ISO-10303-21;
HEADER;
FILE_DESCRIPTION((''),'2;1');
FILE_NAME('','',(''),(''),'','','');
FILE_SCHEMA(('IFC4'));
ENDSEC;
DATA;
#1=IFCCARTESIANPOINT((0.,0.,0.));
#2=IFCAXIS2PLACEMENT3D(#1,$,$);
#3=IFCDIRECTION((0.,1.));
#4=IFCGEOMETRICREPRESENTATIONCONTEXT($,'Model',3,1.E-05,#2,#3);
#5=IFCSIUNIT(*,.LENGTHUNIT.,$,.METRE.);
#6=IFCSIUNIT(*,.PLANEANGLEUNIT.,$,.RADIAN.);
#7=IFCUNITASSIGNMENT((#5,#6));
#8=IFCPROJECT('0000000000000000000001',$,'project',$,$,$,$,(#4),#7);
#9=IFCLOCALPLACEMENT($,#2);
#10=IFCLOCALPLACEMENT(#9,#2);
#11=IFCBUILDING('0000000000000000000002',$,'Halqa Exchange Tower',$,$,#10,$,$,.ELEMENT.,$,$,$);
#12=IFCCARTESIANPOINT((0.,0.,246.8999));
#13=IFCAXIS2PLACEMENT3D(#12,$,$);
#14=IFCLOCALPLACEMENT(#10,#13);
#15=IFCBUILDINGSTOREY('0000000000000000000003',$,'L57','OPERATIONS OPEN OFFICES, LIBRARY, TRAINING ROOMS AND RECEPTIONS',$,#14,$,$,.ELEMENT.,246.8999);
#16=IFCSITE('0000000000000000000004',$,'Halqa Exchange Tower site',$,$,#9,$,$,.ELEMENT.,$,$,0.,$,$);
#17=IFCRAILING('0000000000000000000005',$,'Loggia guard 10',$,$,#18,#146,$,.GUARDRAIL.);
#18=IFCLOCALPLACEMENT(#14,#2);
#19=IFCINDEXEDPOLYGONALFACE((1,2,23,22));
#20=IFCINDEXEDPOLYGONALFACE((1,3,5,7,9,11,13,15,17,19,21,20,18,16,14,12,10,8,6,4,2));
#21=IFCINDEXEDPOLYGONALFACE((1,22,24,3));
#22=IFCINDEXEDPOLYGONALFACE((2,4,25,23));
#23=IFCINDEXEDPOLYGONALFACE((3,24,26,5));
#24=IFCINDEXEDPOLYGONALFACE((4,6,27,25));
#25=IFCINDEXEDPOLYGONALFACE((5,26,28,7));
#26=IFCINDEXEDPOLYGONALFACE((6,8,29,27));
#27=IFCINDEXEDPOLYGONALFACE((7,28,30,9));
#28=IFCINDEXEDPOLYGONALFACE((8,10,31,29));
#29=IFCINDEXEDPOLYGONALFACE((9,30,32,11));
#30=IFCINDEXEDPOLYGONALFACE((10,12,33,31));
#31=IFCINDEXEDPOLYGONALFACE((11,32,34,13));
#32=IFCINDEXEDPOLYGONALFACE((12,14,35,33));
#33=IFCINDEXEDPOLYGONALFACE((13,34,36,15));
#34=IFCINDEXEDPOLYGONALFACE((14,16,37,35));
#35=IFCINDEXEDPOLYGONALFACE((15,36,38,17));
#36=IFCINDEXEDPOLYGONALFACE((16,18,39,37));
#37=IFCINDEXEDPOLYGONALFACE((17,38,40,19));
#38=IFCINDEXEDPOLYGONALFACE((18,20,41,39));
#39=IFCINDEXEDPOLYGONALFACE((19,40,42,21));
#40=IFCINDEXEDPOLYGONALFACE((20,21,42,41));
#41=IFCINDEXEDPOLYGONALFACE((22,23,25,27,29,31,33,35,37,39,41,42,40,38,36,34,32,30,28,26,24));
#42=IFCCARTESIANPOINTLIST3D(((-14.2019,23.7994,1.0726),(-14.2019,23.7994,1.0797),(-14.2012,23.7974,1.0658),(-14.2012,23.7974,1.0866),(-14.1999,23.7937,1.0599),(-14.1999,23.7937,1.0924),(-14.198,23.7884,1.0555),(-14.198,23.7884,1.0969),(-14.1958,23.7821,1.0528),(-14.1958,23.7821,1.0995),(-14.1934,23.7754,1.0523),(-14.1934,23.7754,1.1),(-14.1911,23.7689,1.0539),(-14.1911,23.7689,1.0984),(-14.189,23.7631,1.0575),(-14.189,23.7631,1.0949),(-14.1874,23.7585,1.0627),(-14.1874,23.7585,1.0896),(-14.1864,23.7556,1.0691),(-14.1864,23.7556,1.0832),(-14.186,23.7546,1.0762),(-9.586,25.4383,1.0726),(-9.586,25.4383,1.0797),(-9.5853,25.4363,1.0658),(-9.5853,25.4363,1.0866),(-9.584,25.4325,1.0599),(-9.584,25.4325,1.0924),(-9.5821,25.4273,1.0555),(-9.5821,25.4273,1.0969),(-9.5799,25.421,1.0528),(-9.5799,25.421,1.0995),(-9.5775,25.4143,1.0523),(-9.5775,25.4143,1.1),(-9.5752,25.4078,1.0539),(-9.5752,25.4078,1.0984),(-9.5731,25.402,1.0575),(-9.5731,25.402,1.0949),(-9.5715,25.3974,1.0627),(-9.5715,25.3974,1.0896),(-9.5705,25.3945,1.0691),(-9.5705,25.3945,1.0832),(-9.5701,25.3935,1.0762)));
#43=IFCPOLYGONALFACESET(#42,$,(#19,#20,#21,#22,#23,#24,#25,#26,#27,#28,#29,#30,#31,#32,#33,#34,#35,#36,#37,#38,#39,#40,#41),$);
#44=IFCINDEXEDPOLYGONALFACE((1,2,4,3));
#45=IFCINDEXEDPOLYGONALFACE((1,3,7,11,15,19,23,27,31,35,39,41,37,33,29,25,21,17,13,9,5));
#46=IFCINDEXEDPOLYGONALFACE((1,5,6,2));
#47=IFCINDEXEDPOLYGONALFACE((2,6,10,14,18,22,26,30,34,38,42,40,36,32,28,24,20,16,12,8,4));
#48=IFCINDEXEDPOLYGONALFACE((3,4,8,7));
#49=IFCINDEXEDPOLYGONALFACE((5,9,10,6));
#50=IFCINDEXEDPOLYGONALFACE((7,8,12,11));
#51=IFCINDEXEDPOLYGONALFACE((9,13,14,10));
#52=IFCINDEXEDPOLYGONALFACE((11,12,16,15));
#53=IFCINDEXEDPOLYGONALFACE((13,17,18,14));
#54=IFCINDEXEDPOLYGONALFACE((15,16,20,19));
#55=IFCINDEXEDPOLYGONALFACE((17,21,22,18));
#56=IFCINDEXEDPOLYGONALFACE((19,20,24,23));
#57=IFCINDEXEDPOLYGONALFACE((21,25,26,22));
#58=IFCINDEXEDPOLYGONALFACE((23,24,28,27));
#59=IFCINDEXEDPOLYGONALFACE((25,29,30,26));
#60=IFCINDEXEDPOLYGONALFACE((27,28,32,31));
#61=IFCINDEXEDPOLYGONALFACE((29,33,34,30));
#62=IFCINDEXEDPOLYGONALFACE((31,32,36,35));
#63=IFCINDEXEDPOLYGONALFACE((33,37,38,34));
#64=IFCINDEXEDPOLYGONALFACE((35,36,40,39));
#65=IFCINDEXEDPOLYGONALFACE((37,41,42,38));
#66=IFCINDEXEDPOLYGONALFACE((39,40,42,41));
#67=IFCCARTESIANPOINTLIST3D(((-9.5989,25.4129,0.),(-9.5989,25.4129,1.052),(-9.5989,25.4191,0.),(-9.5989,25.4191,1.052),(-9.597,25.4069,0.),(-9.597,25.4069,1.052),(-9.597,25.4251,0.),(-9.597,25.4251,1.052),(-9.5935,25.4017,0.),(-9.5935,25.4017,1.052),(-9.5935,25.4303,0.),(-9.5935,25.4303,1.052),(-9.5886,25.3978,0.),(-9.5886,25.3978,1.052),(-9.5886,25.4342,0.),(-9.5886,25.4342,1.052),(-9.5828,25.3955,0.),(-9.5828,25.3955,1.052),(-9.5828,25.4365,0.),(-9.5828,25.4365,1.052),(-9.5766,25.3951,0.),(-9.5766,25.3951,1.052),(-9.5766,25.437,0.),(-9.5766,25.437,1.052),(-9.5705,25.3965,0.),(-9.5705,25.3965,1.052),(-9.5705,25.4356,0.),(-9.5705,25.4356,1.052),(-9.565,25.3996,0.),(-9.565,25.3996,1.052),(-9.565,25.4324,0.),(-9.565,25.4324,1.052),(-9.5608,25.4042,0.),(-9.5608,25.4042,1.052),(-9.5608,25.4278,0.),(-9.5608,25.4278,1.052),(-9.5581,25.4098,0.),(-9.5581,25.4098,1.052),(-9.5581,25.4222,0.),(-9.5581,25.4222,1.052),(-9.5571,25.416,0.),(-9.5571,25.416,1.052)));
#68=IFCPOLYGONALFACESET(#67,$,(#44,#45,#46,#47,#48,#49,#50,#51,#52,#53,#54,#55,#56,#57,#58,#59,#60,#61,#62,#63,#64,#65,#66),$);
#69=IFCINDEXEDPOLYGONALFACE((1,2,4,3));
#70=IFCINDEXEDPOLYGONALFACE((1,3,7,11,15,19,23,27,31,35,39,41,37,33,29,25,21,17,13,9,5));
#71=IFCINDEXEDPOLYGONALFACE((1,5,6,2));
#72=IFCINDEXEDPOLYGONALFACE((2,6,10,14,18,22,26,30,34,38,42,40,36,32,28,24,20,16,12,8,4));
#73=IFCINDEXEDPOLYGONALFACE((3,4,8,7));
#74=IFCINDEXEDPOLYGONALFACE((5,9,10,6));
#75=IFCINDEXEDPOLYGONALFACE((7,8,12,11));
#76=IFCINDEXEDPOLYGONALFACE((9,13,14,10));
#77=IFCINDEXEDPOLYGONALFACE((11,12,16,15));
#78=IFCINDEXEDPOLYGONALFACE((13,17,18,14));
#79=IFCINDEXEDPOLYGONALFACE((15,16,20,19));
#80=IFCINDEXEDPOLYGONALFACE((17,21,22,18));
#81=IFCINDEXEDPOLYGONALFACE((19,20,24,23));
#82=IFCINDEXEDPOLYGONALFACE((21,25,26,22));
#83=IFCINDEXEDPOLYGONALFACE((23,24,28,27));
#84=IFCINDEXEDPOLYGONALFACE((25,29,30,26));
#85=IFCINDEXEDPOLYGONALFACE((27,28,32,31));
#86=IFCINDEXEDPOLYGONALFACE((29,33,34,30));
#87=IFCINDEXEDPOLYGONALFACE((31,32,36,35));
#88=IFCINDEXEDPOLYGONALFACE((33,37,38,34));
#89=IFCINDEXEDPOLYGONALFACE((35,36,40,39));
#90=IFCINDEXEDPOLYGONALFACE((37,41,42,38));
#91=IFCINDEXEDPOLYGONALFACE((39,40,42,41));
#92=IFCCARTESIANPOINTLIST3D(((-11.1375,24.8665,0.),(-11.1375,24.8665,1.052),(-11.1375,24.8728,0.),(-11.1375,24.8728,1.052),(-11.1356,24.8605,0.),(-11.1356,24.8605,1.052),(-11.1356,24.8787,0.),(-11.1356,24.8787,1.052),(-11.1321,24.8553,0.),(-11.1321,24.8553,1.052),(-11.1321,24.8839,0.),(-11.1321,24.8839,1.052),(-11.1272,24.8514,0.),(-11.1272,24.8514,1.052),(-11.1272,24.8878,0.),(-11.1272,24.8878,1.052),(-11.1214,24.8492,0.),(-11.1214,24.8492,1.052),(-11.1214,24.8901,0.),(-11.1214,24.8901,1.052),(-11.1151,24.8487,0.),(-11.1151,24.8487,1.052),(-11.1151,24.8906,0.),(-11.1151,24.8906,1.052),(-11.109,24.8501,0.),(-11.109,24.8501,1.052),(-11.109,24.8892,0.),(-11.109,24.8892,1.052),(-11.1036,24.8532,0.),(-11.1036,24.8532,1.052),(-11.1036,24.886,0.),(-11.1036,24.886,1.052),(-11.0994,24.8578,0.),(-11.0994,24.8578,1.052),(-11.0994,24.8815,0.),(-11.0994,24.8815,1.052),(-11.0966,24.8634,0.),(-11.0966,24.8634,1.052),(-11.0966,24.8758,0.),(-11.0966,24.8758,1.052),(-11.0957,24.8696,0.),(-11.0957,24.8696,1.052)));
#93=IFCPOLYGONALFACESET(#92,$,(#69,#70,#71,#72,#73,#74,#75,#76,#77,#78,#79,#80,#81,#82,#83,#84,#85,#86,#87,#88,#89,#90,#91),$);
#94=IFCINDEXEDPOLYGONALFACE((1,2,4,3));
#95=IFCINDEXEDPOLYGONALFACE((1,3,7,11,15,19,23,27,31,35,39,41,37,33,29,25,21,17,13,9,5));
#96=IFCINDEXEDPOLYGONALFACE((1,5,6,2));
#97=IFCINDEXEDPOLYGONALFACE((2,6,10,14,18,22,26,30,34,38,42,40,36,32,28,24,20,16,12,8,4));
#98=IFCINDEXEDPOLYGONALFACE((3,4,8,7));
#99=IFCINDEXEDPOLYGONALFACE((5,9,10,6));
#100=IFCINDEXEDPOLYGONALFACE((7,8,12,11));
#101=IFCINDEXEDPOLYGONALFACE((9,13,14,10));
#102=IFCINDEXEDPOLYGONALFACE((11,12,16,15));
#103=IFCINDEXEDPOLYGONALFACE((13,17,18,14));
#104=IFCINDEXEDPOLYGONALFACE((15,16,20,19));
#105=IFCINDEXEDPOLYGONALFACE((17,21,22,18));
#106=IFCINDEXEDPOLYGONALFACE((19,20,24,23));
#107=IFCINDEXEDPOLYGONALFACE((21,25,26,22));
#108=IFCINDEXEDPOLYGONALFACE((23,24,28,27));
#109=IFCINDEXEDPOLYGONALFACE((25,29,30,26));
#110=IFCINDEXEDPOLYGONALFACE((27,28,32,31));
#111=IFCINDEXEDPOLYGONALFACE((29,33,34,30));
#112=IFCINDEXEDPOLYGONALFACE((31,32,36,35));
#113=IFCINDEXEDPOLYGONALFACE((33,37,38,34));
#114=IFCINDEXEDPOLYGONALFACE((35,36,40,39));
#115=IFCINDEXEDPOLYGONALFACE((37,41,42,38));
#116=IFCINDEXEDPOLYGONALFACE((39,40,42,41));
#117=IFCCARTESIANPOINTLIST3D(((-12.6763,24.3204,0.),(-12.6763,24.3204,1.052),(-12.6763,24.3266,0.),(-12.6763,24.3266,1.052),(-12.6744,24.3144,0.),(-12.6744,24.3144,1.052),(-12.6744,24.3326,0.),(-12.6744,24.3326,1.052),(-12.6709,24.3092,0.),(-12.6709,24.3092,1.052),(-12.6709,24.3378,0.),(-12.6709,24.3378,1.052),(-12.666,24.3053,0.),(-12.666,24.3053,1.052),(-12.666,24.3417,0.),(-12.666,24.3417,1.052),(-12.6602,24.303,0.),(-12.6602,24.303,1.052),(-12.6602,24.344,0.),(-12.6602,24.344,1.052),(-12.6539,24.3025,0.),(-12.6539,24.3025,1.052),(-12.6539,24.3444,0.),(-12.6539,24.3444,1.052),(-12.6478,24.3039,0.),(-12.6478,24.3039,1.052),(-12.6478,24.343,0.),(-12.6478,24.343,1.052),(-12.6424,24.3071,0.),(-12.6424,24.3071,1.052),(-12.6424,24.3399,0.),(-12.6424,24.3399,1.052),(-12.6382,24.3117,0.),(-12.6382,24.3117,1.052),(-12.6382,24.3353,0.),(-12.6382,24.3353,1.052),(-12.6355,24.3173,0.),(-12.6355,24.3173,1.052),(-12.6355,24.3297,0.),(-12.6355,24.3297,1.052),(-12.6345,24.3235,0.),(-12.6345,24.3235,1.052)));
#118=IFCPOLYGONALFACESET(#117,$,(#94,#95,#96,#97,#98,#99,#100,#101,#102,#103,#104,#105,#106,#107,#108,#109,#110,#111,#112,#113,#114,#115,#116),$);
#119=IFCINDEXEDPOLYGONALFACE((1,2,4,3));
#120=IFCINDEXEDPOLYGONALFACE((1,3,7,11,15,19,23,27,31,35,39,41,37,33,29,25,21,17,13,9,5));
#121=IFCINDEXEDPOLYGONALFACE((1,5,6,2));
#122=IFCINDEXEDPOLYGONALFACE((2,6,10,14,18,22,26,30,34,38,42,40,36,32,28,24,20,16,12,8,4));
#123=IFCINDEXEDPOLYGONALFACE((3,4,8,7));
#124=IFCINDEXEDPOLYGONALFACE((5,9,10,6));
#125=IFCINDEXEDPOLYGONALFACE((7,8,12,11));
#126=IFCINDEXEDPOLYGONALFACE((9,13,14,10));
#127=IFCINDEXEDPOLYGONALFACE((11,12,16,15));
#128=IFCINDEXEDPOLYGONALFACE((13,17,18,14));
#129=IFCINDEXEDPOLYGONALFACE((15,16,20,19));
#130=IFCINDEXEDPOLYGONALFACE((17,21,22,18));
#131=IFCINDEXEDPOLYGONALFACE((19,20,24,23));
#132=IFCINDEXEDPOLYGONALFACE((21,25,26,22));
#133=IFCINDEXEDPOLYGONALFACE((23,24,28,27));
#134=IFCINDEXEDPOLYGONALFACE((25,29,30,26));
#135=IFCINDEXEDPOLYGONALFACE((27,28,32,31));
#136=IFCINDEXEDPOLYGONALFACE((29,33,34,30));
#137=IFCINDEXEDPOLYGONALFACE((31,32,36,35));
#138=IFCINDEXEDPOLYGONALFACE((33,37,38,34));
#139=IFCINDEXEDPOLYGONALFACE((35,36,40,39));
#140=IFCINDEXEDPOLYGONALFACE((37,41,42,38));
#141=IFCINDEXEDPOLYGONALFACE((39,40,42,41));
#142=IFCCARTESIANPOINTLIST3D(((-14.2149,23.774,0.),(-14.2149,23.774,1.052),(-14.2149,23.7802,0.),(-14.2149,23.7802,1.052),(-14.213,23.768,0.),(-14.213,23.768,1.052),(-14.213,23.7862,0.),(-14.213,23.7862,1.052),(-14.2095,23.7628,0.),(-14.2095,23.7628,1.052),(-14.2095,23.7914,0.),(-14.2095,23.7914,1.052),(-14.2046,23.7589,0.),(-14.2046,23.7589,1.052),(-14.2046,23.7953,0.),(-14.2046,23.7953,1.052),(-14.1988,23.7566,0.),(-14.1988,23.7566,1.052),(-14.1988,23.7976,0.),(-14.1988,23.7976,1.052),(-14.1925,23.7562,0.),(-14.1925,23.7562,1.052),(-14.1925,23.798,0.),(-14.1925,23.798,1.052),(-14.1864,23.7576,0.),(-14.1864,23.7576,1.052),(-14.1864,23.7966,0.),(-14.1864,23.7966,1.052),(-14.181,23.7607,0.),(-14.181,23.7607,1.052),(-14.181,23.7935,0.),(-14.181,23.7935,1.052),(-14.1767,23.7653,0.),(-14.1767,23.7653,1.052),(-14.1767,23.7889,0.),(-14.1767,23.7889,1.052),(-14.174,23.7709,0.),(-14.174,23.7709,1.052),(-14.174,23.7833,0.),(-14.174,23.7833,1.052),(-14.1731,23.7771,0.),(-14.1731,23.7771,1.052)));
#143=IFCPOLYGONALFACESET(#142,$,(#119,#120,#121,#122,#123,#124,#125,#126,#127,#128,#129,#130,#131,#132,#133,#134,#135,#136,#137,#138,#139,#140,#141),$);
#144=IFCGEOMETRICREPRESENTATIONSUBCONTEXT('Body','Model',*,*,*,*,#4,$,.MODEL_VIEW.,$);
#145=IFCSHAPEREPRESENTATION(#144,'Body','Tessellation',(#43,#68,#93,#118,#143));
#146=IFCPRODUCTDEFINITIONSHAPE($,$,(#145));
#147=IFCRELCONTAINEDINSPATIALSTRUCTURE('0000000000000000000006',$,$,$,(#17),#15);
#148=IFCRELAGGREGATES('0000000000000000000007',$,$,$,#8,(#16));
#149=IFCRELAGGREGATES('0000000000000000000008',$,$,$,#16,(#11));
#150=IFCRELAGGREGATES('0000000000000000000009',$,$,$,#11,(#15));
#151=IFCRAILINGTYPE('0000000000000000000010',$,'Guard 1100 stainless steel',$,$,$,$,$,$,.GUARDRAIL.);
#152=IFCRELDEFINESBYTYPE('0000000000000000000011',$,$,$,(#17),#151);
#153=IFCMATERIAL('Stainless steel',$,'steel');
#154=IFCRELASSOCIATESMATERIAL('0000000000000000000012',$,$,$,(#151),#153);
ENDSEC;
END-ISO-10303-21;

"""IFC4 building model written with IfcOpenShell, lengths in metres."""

from ifc_helpers import new_model, si_unit, direction, frame, origin, origin_2d, place, context, subcontext, project, spatial, circle, extrude, material, type_object, element, save


model = new_model("IFC4")

# Units and contexts
model_context = context("Model", 3, precision=1e-05, world=origin(), true_north=direction((0.0, 1.0)))
body_context = subcontext(model_context, "Body", "Model", "MODEL_VIEW")
ifc_project = project(units=[si_unit("LENGTHUNIT", "METRE"), si_unit("PLANEANGLEUNIT", "RADIAN")], contexts=[model_context])

# Site, building, storey
site_placement = place(None, origin())
site = spatial("IfcSite", under=ifc_project, at=site_placement, Name="Halqa Exchange Tower site", CompositionType="ELEMENT", RefElevation=0.0)
building_placement = place(site_placement, origin())
building = spatial("IfcBuilding", under=site, at=building_placement, Name="Halqa Exchange Tower", CompositionType="ELEMENT")
storey_placement = place(building_placement, frame((0.0, 0.0, 246.8999)))
storey = spatial("IfcBuildingStorey", under=building, at=storey_placement, Name="L57", Description="OPERATIONS OPEN OFFICES, LIBRARY, TRAINING ROOMS AND RECEPTIONS", CompositionType="ELEMENT", Elevation=246.8999)

# Railing
ifc_material_1 = material(Name="Stainless steel", Category="steel")
railing_type_1 = type_object("IfcRailingType", Name="Guard 1100 stainless steel", PredefinedType="GUARDRAIL", material=ifc_material_1)
railing_1_placement = place(storey_placement, frame((-9.5781, 25.416, 0.0)))
element("IfcRailing", 1, at=railing_1_placement, inside=storey, type_object=railing_type_1, Name="Loggia guard 10", PredefinedType="GUARDRAIL", context=body_context, shape_type="SweptSolid", body=[
    extrude(circle(Radius=0.0239, at=origin_2d()), frame((0.0, 0.0, 1.0762), z_axis=(-0.942364, -0.33459, 0.0), x_axis=(0.33459, -0.942364, 0.0)), (0.0, 0.0, 1.0), 4.8982),
    extrude(circle(Radius=0.021, at=origin_2d()), origin(), (0.0, 0.0, 1.0), 1.052),
    extrude(circle(Radius=0.021, at=origin_2d()), frame((-1.5386, -0.5464, 0.0)), (0.0, 0.0, 1.0), 1.052),
    extrude(circle(Radius=0.021, at=origin_2d()), frame((-3.0774, -1.0925, 0.0)), (0.0, 0.0, 1.0), 1.052),
    extrude(circle(Radius=0.021, at=origin_2d()), frame((-4.616, -1.6389, 0.0)), (0.0, 0.0, 1.0), 1.052),
])

save(model, "model.ifc")
